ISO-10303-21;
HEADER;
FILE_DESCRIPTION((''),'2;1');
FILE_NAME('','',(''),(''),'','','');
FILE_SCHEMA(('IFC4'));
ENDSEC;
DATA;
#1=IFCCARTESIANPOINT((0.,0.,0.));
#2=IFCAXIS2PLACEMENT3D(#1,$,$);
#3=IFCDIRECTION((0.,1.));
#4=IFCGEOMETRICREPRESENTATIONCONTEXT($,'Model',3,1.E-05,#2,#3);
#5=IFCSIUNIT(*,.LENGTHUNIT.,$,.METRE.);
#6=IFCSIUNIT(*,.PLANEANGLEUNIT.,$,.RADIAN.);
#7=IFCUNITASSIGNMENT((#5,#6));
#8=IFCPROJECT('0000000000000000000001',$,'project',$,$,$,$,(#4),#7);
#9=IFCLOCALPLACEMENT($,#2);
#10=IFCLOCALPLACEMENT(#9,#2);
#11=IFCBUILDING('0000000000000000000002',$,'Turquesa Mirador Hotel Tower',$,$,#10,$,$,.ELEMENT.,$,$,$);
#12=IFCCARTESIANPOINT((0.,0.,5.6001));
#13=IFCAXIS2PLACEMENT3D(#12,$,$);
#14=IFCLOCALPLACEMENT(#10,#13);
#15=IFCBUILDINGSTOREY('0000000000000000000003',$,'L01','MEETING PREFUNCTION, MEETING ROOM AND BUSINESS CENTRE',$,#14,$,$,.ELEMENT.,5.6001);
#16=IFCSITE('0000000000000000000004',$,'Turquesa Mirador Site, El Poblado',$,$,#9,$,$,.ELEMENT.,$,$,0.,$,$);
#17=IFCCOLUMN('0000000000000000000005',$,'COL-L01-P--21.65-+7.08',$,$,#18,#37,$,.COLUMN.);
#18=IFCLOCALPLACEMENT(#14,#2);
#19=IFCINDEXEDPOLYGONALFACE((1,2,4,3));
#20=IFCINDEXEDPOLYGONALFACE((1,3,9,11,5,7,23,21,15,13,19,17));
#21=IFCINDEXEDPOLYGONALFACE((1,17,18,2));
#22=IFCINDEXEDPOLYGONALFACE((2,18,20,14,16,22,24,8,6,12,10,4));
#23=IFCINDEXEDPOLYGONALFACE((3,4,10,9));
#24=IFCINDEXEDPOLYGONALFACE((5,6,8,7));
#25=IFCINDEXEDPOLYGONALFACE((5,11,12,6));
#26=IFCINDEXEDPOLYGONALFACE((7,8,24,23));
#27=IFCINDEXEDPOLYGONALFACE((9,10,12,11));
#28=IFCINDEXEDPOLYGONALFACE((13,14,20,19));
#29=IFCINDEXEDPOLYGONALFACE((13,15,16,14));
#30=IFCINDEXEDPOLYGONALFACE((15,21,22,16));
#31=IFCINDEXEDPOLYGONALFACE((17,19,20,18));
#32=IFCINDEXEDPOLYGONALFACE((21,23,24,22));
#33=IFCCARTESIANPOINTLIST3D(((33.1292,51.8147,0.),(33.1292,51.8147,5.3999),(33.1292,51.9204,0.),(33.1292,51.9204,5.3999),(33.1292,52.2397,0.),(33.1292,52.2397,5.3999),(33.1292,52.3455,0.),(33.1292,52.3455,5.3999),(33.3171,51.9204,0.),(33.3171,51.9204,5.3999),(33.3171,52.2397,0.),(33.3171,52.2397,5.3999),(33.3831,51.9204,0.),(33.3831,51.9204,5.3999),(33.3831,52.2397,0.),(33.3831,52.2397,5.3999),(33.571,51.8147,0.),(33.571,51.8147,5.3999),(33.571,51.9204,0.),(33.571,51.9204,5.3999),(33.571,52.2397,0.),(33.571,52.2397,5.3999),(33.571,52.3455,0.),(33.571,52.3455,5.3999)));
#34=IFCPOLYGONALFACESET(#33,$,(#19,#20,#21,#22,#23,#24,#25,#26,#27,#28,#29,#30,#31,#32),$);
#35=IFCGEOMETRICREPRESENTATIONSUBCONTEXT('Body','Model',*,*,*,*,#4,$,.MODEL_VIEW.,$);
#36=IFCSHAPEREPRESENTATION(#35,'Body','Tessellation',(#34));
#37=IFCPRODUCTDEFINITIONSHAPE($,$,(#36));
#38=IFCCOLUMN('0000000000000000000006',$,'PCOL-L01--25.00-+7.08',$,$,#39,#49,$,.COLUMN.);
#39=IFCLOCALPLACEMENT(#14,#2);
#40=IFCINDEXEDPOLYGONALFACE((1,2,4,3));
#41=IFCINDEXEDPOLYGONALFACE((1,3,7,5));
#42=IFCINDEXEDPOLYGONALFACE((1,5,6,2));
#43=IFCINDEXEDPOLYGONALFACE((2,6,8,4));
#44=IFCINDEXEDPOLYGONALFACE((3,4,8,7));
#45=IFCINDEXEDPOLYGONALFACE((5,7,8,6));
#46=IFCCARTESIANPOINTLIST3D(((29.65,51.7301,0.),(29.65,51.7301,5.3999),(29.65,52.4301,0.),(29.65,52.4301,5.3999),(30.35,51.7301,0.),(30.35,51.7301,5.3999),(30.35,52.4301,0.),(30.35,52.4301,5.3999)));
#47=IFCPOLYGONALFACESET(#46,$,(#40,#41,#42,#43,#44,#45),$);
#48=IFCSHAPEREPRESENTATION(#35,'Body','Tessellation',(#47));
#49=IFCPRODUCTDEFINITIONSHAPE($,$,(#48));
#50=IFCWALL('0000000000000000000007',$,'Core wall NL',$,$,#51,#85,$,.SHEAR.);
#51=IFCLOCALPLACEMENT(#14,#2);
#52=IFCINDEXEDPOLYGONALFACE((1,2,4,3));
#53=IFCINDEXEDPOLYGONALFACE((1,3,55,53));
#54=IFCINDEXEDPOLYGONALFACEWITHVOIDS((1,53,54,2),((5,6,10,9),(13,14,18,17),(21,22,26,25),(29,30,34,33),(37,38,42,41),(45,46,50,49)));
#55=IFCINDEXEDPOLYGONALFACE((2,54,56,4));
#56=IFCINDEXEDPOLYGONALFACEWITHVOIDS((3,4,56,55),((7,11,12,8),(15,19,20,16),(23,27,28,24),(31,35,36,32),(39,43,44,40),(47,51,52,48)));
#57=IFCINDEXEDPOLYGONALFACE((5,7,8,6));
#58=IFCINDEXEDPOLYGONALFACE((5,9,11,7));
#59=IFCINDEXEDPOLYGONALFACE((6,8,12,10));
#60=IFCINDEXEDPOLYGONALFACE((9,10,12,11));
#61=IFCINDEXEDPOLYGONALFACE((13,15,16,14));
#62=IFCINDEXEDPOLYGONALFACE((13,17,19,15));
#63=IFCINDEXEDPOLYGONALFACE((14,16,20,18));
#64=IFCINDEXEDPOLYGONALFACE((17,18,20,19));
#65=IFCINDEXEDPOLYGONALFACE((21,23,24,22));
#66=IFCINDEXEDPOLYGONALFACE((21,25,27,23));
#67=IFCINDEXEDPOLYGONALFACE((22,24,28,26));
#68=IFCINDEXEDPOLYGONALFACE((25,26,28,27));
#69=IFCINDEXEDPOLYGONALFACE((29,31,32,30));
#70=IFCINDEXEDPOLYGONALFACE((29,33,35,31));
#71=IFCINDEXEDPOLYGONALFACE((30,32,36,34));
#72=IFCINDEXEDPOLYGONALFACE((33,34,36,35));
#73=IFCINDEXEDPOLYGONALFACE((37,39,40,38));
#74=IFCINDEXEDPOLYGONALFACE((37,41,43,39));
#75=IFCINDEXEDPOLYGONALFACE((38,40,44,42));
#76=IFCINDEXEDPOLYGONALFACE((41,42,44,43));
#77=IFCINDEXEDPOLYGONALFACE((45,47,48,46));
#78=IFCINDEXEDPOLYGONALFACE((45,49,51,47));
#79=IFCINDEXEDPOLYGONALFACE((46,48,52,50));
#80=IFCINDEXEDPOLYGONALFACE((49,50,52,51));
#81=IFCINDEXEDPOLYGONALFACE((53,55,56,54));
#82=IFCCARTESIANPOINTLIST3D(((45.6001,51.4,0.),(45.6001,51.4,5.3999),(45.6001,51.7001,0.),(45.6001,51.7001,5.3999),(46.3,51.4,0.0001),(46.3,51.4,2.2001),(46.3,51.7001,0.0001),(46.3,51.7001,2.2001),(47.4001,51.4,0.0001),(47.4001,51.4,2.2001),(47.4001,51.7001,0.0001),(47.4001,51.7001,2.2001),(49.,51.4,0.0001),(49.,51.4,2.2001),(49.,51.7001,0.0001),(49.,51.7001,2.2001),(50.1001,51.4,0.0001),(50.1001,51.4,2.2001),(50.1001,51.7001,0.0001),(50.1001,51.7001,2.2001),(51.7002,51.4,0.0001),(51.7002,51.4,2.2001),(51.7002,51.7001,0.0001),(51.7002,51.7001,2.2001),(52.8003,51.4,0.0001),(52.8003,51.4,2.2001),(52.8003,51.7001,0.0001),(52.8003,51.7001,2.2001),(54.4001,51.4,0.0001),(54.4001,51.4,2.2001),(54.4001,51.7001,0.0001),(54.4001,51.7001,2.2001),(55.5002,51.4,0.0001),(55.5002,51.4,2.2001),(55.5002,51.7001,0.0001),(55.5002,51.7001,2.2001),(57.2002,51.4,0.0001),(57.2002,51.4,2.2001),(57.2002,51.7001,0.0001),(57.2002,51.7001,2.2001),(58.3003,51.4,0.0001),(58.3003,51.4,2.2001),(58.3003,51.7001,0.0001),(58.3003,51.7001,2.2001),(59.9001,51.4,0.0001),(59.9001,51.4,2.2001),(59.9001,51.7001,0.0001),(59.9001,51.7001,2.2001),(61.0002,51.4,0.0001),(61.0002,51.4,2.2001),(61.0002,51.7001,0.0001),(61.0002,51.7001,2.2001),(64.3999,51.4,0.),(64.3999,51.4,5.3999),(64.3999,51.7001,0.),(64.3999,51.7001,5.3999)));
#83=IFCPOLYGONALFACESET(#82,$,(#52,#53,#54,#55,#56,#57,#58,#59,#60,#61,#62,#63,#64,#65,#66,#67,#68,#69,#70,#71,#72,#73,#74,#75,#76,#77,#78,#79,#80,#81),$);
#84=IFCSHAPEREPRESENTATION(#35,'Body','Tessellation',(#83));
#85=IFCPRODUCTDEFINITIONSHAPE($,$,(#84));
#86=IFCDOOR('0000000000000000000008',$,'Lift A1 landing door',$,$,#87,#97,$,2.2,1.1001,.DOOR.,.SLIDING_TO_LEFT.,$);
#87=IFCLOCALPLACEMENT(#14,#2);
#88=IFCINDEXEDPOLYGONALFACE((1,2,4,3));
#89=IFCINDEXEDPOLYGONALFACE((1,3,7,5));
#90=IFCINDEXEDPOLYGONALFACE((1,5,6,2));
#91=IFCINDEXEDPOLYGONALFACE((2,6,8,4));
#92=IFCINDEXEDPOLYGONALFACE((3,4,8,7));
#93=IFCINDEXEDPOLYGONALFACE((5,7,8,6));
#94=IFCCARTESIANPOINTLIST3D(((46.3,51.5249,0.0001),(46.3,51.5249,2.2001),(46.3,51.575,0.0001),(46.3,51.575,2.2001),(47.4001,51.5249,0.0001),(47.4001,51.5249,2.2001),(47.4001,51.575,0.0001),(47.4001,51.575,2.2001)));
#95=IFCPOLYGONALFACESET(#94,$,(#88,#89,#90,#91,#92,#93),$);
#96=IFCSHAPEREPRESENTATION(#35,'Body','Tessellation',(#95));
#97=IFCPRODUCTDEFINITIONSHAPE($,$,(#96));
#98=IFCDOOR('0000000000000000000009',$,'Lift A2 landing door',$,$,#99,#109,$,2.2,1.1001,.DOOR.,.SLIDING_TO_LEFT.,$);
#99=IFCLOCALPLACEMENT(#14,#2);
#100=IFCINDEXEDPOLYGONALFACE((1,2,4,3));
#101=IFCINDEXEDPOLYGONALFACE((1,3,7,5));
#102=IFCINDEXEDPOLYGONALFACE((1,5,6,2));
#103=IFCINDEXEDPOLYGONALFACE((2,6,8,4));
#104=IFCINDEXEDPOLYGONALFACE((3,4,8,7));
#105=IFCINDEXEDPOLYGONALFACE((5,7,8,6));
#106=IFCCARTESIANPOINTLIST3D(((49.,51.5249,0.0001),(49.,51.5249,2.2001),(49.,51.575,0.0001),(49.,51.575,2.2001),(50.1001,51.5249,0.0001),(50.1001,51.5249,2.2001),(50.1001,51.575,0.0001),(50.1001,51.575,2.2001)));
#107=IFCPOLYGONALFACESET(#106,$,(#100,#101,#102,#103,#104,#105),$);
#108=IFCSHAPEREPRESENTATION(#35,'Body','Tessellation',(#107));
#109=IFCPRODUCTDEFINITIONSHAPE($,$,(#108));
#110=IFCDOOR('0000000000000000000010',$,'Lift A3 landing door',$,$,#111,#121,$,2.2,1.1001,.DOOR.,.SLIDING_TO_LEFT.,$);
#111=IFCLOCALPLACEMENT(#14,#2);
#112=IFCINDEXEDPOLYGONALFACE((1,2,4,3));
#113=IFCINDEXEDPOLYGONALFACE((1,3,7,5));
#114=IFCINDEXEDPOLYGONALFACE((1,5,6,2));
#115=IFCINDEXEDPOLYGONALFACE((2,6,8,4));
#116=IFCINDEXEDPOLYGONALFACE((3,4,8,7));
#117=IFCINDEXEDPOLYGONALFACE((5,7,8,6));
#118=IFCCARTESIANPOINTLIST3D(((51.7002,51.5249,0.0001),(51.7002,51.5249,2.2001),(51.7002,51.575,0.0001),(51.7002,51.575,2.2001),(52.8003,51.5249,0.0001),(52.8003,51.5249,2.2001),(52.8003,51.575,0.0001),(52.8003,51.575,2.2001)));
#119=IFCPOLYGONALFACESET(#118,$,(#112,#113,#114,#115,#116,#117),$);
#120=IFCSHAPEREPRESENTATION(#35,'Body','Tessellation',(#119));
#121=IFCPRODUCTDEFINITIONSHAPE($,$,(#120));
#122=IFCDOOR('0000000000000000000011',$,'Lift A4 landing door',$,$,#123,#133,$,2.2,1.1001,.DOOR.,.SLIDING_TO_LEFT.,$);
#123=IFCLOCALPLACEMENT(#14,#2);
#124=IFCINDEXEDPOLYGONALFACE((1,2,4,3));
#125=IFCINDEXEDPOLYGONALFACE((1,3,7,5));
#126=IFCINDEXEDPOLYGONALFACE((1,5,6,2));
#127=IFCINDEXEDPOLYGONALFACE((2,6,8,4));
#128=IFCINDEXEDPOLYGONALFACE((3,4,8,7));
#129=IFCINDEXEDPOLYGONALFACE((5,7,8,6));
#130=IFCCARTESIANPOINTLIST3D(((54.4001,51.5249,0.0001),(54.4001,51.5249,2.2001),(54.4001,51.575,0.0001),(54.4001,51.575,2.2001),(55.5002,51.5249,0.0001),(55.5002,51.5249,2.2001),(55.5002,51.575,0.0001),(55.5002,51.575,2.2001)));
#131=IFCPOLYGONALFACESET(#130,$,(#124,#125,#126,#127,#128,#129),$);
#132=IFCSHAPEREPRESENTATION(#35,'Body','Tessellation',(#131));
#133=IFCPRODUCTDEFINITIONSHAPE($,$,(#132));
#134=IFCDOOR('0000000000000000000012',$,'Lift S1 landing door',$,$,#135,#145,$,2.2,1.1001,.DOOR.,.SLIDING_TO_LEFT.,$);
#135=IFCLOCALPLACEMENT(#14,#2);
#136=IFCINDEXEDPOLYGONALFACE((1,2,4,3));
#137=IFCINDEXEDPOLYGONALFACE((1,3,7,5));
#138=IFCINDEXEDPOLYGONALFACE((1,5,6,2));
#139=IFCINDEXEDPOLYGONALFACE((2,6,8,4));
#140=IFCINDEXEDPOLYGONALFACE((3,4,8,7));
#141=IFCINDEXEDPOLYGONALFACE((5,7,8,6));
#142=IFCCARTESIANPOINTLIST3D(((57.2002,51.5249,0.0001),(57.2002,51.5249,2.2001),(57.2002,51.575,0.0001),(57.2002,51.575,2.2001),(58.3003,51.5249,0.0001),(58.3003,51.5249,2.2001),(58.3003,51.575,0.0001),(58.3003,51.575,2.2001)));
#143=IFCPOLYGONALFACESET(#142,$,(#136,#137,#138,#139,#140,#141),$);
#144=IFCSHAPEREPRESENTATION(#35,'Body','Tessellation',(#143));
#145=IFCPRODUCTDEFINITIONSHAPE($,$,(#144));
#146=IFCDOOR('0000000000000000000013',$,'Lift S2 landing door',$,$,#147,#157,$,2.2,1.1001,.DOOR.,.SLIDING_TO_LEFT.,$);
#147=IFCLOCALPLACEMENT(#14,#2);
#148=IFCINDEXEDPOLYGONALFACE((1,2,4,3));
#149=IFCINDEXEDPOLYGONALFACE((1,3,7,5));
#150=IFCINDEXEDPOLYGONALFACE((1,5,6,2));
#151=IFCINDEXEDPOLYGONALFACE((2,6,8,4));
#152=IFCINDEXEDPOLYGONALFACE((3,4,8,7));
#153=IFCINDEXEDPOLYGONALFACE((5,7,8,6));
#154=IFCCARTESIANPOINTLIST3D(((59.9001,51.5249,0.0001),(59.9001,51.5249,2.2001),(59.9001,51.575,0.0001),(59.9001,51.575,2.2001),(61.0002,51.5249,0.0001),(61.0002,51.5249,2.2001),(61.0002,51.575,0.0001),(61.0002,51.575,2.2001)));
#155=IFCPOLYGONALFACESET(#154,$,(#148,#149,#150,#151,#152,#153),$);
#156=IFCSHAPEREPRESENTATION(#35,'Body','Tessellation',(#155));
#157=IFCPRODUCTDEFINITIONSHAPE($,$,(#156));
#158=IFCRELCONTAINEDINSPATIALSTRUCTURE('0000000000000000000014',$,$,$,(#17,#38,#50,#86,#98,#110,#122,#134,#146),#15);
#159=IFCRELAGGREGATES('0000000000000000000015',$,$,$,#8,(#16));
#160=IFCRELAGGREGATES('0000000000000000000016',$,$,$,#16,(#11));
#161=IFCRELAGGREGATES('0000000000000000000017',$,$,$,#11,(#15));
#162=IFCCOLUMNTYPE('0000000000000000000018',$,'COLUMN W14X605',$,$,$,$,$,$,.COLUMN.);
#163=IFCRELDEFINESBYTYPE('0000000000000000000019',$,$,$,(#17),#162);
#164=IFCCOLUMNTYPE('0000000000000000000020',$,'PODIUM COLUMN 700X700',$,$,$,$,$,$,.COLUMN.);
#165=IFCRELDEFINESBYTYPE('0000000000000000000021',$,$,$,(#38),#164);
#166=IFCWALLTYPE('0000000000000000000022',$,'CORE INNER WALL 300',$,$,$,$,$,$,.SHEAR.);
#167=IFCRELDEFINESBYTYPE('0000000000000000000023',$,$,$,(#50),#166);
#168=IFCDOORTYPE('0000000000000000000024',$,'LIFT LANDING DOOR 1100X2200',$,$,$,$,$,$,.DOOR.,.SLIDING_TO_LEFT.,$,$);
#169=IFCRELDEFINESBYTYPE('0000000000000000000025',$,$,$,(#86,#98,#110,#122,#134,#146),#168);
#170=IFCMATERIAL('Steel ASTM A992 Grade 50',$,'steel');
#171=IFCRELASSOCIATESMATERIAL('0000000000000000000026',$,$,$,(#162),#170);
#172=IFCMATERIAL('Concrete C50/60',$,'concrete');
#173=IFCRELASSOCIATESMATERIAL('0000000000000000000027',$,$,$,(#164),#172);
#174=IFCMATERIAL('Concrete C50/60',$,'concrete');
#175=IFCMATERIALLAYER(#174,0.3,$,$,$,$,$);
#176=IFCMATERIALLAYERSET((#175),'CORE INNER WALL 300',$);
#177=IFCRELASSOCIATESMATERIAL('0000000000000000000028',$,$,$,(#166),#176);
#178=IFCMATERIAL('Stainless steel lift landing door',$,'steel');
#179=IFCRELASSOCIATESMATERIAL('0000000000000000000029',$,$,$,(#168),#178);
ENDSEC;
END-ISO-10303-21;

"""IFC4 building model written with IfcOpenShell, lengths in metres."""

from ifc_helpers import new_model, si_unit, direction, frame, frame_2d, origin, origin_2d, place, context, subcontext, project, spatial, rectangle, i_section, extrude, material, layer, layer_set, material_profile, profile_set, type_object, element, fill, save


model = new_model("IFC4")

# Units and contexts
model_context = context("Model", 3, precision=1e-05, world=origin(), true_north=direction((0.0, 1.0)))
body_context = subcontext(model_context, "Body", "Model", "MODEL_VIEW")
ifc_project = project(units=[si_unit("LENGTHUNIT", "METRE"), si_unit("PLANEANGLEUNIT", "RADIAN")], contexts=[model_context])

# Site, building, storey
site_placement = place(None, origin())
site = spatial("IfcSite", under=ifc_project, at=site_placement, Name="Turquesa Mirador Site, El Poblado", CompositionType="ELEMENT", RefElevation=0.0)
building_placement = place(site_placement, origin())
building = spatial("IfcBuilding", under=site, at=building_placement, Name="Turquesa Mirador Hotel Tower", CompositionType="ELEMENT")
storey_placement = place(building_placement, frame((0.0, 0.0, 5.6001)))
storey = spatial("IfcBuildingStorey", under=building, at=storey_placement, Name="L01", Description="MEETING PREFUNCTION, MEETING ROOM AND BUSINESS CENTRE", CompositionType="ELEMENT", Elevation=5.6001)

# Columns
ifc_material_1 = material(Name="Steel ASTM A992 Grade 50", Category="steel")
ifc_material_profile_1 = material_profile(ifc_material_1, i_section(OverallWidth=0.4419, OverallDepth=0.5308, WebThickness=0.0659, FlangeThickness=0.1057, at=origin_2d()), Name="W14X605")
ifc_profile_set_1 = profile_set([ifc_material_profile_1], Name="Steel ASTM A992 Grade 50")
column_type_1 = type_object("IfcColumnType", Name="COLUMN W14X605", PredefinedType="COLUMN", material=ifc_profile_set_1)
column_1_placement = place(storey_placement, frame((33.3501, 52.0801, 0.0), z_axis=(0.0, 0.0, 1.0), x_axis=(1.0, 0.0, 0.0)))
element("IfcColumn", 1, at=column_1_placement, inside=storey, type_object=column_type_1, Name="COL-L01-P--21.65-+7.08", PredefinedType="COLUMN", context=body_context, shape_type="SweptSolid", body=[
    extrude(i_section(OverallWidth=0.4419, OverallDepth=0.5308, WebThickness=0.0659, FlangeThickness=0.1057, at=origin_2d()), origin(), (0.0, 0.0, 1.0), 5.3999),
])
ifc_material_2 = material(Name="Concrete C50/60", Category="concrete")
ifc_material_profile_2 = material_profile(ifc_material_2, rectangle(XDim=0.7, YDim=0.7, at=origin_2d()), Name="RC 700X700")
ifc_profile_set_2 = profile_set([ifc_material_profile_2], Name="Concrete C50/60")
column_type_2 = type_object("IfcColumnType", Name="PODIUM COLUMN 700X700", PredefinedType="COLUMN", material=ifc_profile_set_2)
column_2_placement = place(storey_placement, frame((30.0, 52.0801, 0.0), z_axis=(0.0, 0.0, 1.0), x_axis=(1.0, 0.0, 0.0)))
element("IfcColumn", 2, at=column_2_placement, inside=storey, type_object=column_type_2, Name="PCOL-L01--25.00-+7.08", PredefinedType="COLUMN", context=body_context, shape_type="SweptSolid", body=[
    extrude(rectangle(XDim=0.7, YDim=0.7, at=origin_2d()), origin(), (0.0, 0.0, 1.0), 5.3999),
])

# Wall, openings, doors
ifc_material_3 = material(Name="Concrete C50/60", Category="concrete")
ifc_layer_1 = layer(ifc_material_3, 0.3)
ifc_layer_set_1 = layer_set([ifc_layer_1], Name="CORE INNER WALL 300")
wall_type_1 = type_object("IfcWallType", Name="CORE INNER WALL 300", PredefinedType="SHEAR", material=ifc_layer_set_1)
wall_1_placement = place(storey_placement, frame((45.6001, 51.55, 0.0), z_axis=(0.0, 0.0, 1.0), x_axis=(1.0, 0.0, 0.0)))
wall_1 = element("IfcWall", 3, at=wall_1_placement, inside=storey, type_object=wall_type_1, Name="Core wall NL", PredefinedType="SHEAR", context=body_context, shape_type="SweptSolid", body=[
    extrude(rectangle(XDim=18.7998, YDim=0.3, at=frame_2d((9.3999, 0.0))), origin(), (0.0, 0.0, 1.0), 5.3999),
])
opening_1_placement = place(wall_1_placement, frame((0.7, 0.0, 0.0)))
opening_1 = element("IfcOpeningElement", 4, at=opening_1_placement, cuts=wall_1, PredefinedType="OPENING", context=body_context, shape_type="SweptSolid", body=[
    extrude(rectangle(XDim=1.1001, YDim=2.2, at=frame_2d((0.55, 1.1001))), frame((0.0, 0.1599, 0.0), z_axis=(0.0, -1.0, 0.0), x_axis=(1.0, 0.0, 0.0)), (0.0, 0.0, 1.0), 0.3201),
])
opening_2_placement = place(wall_1_placement, frame((3.3999, 0.0, 0.0)))
opening_2 = element("IfcOpeningElement", 5, at=opening_2_placement, cuts=wall_1, PredefinedType="OPENING", context=body_context, shape_type="SweptSolid", body=[
    extrude(rectangle(XDim=1.1001, YDim=2.2, at=frame_2d((0.55, 1.1001))), frame((0.0, 0.1599, 0.0), z_axis=(0.0, -1.0, 0.0), x_axis=(1.0, 0.0, 0.0)), (0.0, 0.0, 1.0), 0.3201),
])
opening_3_placement = place(wall_1_placement, frame((6.1001, 0.0, 0.0)))
opening_3 = element("IfcOpeningElement", 6, at=opening_3_placement, cuts=wall_1, PredefinedType="OPENING", context=body_context, shape_type="SweptSolid", body=[
    extrude(rectangle(XDim=1.1001, YDim=2.2, at=frame_2d((0.55, 1.1001))), frame((0.0, 0.1599, 0.0), z_axis=(0.0, -1.0, 0.0), x_axis=(1.0, 0.0, 0.0)), (0.0, 0.0, 1.0), 0.3201),
])
opening_4_placement = place(wall_1_placement, frame((8.8, 0.0, 0.0)))
opening_4 = element("IfcOpeningElement", 7, at=opening_4_placement, cuts=wall_1, PredefinedType="OPENING", context=body_context, shape_type="SweptSolid", body=[
    extrude(rectangle(XDim=1.1001, YDim=2.2, at=frame_2d((0.55, 1.1001))), frame((0.0, 0.1599, 0.0), z_axis=(0.0, -1.0, 0.0), x_axis=(1.0, 0.0, 0.0)), (0.0, 0.0, 1.0), 0.3201),
])
opening_5_placement = place(wall_1_placement, frame((11.6001, 0.0, 0.0)))
opening_5 = element("IfcOpeningElement", 8, at=opening_5_placement, cuts=wall_1, PredefinedType="OPENING", context=body_context, shape_type="SweptSolid", body=[
    extrude(rectangle(XDim=1.1001, YDim=2.2, at=frame_2d((0.55, 1.1001))), frame((0.0, 0.1599, 0.0), z_axis=(0.0, -1.0, 0.0), x_axis=(1.0, 0.0, 0.0)), (0.0, 0.0, 1.0), 0.3201),
])
opening_6_placement = place(wall_1_placement, frame((14.3, 0.0, 0.0)))
opening_6 = element("IfcOpeningElement", 9, at=opening_6_placement, cuts=wall_1, PredefinedType="OPENING", context=body_context, shape_type="SweptSolid", body=[
    extrude(rectangle(XDim=1.1001, YDim=2.2, at=frame_2d((0.55, 1.1001))), frame((0.0, 0.1599, 0.0), z_axis=(0.0, -1.0, 0.0), x_axis=(1.0, 0.0, 0.0)), (0.0, 0.0, 1.0), 0.3201),
])
ifc_material_4 = material(Name="Stainless steel lift landing door", Category="steel")
door_type_1 = type_object("IfcDoorType", Name="LIFT LANDING DOOR 1100X2200", OperationType="SLIDING_TO_LEFT", PredefinedType="DOOR", material=ifc_material_4)
door_1_placement = place(opening_1_placement, origin())
door_1 = element("IfcDoor", 10, at=door_1_placement, inside=storey, type_object=door_type_1, Name="Lift A1 landing door", OperationType="SLIDING_TO_LEFT", OverallHeight=2.2, OverallWidth=1.1001, PredefinedType="DOOR", context=body_context, shape_type="SweptSolid", body=[
    extrude(rectangle(XDim=1.1001, YDim=2.2, at=frame_2d((0.55, 1.1001))), frame((0.0, 0.0249, 0.0), z_axis=(0.0, -1.0, 0.0), x_axis=(1.0, 0.0, 0.0)), (0.0, 0.0, 1.0), 0.05),
])
fill(opening_1, door_1)
door_2_placement = place(opening_2_placement, origin())
door_2 = element("IfcDoor", 11, at=door_2_placement, inside=storey, type_object=door_type_1, Name="Lift A2 landing door", OperationType="SLIDING_TO_LEFT", OverallHeight=2.2, OverallWidth=1.1001, PredefinedType="DOOR", context=body_context, shape_type="SweptSolid", body=[
    extrude(rectangle(XDim=1.1001, YDim=2.2, at=frame_2d((0.55, 1.1001))), frame((0.0, 0.0249, 0.0), z_axis=(0.0, -1.0, 0.0), x_axis=(1.0, 0.0, 0.0)), (0.0, 0.0, 1.0), 0.05),
])
fill(opening_2, door_2)
door_3_placement = place(opening_3_placement, origin())
door_3 = element("IfcDoor", 12, at=door_3_placement, inside=storey, type_object=door_type_1, Name="Lift A3 landing door", OperationType="SLIDING_TO_LEFT", OverallHeight=2.2, OverallWidth=1.1001, PredefinedType="DOOR", context=body_context, shape_type="SweptSolid", body=[
    extrude(rectangle(XDim=1.1001, YDim=2.2, at=frame_2d((0.55, 1.1001))), frame((0.0, 0.0249, 0.0), z_axis=(0.0, -1.0, 0.0), x_axis=(1.0, 0.0, 0.0)), (0.0, 0.0, 1.0), 0.05),
])
fill(opening_3, door_3)
door_4_placement = place(opening_4_placement, origin())
door_4 = element("IfcDoor", 13, at=door_4_placement, inside=storey, type_object=door_type_1, Name="Lift A4 landing door", OperationType="SLIDING_TO_LEFT", OverallHeight=2.2, OverallWidth=1.1001, PredefinedType="DOOR", context=body_context, shape_type="SweptSolid", body=[
    extrude(rectangle(XDim=1.1001, YDim=2.2, at=frame_2d((0.55, 1.1001))), frame((0.0, 0.0249, 0.0), z_axis=(0.0, -1.0, 0.0), x_axis=(1.0, 0.0, 0.0)), (0.0, 0.0, 1.0), 0.05),
])
fill(opening_4, door_4)
door_5_placement = place(opening_5_placement, origin())
door_5 = element("IfcDoor", 14, at=door_5_placement, inside=storey, type_object=door_type_1, Name="Lift S1 landing door", OperationType="SLIDING_TO_LEFT", OverallHeight=2.2, OverallWidth=1.1001, PredefinedType="DOOR", context=body_context, shape_type="SweptSolid", body=[
    extrude(rectangle(XDim=1.1001, YDim=2.2, at=frame_2d((0.55, 1.1001))), frame((0.0, 0.0249, 0.0), z_axis=(0.0, -1.0, 0.0), x_axis=(1.0, 0.0, 0.0)), (0.0, 0.0, 1.0), 0.05),
])
fill(opening_5, door_5)
door_6_placement = place(opening_6_placement, origin())
door_6 = element("IfcDoor", 15, at=door_6_placement, inside=storey, type_object=door_type_1, Name="Lift S2 landing door", OperationType="SLIDING_TO_LEFT", OverallHeight=2.2, OverallWidth=1.1001, PredefinedType="DOOR", context=body_context, shape_type="SweptSolid", body=[
    extrude(rectangle(XDim=1.1001, YDim=2.2, at=frame_2d((0.55, 1.1001))), frame((0.0, 0.0249, 0.0), z_axis=(0.0, -1.0, 0.0), x_axis=(1.0, 0.0, 0.0)), (0.0, 0.0, 1.0), 0.05),
])
fill(opening_6, door_6)

save(model, "model.ifc")
